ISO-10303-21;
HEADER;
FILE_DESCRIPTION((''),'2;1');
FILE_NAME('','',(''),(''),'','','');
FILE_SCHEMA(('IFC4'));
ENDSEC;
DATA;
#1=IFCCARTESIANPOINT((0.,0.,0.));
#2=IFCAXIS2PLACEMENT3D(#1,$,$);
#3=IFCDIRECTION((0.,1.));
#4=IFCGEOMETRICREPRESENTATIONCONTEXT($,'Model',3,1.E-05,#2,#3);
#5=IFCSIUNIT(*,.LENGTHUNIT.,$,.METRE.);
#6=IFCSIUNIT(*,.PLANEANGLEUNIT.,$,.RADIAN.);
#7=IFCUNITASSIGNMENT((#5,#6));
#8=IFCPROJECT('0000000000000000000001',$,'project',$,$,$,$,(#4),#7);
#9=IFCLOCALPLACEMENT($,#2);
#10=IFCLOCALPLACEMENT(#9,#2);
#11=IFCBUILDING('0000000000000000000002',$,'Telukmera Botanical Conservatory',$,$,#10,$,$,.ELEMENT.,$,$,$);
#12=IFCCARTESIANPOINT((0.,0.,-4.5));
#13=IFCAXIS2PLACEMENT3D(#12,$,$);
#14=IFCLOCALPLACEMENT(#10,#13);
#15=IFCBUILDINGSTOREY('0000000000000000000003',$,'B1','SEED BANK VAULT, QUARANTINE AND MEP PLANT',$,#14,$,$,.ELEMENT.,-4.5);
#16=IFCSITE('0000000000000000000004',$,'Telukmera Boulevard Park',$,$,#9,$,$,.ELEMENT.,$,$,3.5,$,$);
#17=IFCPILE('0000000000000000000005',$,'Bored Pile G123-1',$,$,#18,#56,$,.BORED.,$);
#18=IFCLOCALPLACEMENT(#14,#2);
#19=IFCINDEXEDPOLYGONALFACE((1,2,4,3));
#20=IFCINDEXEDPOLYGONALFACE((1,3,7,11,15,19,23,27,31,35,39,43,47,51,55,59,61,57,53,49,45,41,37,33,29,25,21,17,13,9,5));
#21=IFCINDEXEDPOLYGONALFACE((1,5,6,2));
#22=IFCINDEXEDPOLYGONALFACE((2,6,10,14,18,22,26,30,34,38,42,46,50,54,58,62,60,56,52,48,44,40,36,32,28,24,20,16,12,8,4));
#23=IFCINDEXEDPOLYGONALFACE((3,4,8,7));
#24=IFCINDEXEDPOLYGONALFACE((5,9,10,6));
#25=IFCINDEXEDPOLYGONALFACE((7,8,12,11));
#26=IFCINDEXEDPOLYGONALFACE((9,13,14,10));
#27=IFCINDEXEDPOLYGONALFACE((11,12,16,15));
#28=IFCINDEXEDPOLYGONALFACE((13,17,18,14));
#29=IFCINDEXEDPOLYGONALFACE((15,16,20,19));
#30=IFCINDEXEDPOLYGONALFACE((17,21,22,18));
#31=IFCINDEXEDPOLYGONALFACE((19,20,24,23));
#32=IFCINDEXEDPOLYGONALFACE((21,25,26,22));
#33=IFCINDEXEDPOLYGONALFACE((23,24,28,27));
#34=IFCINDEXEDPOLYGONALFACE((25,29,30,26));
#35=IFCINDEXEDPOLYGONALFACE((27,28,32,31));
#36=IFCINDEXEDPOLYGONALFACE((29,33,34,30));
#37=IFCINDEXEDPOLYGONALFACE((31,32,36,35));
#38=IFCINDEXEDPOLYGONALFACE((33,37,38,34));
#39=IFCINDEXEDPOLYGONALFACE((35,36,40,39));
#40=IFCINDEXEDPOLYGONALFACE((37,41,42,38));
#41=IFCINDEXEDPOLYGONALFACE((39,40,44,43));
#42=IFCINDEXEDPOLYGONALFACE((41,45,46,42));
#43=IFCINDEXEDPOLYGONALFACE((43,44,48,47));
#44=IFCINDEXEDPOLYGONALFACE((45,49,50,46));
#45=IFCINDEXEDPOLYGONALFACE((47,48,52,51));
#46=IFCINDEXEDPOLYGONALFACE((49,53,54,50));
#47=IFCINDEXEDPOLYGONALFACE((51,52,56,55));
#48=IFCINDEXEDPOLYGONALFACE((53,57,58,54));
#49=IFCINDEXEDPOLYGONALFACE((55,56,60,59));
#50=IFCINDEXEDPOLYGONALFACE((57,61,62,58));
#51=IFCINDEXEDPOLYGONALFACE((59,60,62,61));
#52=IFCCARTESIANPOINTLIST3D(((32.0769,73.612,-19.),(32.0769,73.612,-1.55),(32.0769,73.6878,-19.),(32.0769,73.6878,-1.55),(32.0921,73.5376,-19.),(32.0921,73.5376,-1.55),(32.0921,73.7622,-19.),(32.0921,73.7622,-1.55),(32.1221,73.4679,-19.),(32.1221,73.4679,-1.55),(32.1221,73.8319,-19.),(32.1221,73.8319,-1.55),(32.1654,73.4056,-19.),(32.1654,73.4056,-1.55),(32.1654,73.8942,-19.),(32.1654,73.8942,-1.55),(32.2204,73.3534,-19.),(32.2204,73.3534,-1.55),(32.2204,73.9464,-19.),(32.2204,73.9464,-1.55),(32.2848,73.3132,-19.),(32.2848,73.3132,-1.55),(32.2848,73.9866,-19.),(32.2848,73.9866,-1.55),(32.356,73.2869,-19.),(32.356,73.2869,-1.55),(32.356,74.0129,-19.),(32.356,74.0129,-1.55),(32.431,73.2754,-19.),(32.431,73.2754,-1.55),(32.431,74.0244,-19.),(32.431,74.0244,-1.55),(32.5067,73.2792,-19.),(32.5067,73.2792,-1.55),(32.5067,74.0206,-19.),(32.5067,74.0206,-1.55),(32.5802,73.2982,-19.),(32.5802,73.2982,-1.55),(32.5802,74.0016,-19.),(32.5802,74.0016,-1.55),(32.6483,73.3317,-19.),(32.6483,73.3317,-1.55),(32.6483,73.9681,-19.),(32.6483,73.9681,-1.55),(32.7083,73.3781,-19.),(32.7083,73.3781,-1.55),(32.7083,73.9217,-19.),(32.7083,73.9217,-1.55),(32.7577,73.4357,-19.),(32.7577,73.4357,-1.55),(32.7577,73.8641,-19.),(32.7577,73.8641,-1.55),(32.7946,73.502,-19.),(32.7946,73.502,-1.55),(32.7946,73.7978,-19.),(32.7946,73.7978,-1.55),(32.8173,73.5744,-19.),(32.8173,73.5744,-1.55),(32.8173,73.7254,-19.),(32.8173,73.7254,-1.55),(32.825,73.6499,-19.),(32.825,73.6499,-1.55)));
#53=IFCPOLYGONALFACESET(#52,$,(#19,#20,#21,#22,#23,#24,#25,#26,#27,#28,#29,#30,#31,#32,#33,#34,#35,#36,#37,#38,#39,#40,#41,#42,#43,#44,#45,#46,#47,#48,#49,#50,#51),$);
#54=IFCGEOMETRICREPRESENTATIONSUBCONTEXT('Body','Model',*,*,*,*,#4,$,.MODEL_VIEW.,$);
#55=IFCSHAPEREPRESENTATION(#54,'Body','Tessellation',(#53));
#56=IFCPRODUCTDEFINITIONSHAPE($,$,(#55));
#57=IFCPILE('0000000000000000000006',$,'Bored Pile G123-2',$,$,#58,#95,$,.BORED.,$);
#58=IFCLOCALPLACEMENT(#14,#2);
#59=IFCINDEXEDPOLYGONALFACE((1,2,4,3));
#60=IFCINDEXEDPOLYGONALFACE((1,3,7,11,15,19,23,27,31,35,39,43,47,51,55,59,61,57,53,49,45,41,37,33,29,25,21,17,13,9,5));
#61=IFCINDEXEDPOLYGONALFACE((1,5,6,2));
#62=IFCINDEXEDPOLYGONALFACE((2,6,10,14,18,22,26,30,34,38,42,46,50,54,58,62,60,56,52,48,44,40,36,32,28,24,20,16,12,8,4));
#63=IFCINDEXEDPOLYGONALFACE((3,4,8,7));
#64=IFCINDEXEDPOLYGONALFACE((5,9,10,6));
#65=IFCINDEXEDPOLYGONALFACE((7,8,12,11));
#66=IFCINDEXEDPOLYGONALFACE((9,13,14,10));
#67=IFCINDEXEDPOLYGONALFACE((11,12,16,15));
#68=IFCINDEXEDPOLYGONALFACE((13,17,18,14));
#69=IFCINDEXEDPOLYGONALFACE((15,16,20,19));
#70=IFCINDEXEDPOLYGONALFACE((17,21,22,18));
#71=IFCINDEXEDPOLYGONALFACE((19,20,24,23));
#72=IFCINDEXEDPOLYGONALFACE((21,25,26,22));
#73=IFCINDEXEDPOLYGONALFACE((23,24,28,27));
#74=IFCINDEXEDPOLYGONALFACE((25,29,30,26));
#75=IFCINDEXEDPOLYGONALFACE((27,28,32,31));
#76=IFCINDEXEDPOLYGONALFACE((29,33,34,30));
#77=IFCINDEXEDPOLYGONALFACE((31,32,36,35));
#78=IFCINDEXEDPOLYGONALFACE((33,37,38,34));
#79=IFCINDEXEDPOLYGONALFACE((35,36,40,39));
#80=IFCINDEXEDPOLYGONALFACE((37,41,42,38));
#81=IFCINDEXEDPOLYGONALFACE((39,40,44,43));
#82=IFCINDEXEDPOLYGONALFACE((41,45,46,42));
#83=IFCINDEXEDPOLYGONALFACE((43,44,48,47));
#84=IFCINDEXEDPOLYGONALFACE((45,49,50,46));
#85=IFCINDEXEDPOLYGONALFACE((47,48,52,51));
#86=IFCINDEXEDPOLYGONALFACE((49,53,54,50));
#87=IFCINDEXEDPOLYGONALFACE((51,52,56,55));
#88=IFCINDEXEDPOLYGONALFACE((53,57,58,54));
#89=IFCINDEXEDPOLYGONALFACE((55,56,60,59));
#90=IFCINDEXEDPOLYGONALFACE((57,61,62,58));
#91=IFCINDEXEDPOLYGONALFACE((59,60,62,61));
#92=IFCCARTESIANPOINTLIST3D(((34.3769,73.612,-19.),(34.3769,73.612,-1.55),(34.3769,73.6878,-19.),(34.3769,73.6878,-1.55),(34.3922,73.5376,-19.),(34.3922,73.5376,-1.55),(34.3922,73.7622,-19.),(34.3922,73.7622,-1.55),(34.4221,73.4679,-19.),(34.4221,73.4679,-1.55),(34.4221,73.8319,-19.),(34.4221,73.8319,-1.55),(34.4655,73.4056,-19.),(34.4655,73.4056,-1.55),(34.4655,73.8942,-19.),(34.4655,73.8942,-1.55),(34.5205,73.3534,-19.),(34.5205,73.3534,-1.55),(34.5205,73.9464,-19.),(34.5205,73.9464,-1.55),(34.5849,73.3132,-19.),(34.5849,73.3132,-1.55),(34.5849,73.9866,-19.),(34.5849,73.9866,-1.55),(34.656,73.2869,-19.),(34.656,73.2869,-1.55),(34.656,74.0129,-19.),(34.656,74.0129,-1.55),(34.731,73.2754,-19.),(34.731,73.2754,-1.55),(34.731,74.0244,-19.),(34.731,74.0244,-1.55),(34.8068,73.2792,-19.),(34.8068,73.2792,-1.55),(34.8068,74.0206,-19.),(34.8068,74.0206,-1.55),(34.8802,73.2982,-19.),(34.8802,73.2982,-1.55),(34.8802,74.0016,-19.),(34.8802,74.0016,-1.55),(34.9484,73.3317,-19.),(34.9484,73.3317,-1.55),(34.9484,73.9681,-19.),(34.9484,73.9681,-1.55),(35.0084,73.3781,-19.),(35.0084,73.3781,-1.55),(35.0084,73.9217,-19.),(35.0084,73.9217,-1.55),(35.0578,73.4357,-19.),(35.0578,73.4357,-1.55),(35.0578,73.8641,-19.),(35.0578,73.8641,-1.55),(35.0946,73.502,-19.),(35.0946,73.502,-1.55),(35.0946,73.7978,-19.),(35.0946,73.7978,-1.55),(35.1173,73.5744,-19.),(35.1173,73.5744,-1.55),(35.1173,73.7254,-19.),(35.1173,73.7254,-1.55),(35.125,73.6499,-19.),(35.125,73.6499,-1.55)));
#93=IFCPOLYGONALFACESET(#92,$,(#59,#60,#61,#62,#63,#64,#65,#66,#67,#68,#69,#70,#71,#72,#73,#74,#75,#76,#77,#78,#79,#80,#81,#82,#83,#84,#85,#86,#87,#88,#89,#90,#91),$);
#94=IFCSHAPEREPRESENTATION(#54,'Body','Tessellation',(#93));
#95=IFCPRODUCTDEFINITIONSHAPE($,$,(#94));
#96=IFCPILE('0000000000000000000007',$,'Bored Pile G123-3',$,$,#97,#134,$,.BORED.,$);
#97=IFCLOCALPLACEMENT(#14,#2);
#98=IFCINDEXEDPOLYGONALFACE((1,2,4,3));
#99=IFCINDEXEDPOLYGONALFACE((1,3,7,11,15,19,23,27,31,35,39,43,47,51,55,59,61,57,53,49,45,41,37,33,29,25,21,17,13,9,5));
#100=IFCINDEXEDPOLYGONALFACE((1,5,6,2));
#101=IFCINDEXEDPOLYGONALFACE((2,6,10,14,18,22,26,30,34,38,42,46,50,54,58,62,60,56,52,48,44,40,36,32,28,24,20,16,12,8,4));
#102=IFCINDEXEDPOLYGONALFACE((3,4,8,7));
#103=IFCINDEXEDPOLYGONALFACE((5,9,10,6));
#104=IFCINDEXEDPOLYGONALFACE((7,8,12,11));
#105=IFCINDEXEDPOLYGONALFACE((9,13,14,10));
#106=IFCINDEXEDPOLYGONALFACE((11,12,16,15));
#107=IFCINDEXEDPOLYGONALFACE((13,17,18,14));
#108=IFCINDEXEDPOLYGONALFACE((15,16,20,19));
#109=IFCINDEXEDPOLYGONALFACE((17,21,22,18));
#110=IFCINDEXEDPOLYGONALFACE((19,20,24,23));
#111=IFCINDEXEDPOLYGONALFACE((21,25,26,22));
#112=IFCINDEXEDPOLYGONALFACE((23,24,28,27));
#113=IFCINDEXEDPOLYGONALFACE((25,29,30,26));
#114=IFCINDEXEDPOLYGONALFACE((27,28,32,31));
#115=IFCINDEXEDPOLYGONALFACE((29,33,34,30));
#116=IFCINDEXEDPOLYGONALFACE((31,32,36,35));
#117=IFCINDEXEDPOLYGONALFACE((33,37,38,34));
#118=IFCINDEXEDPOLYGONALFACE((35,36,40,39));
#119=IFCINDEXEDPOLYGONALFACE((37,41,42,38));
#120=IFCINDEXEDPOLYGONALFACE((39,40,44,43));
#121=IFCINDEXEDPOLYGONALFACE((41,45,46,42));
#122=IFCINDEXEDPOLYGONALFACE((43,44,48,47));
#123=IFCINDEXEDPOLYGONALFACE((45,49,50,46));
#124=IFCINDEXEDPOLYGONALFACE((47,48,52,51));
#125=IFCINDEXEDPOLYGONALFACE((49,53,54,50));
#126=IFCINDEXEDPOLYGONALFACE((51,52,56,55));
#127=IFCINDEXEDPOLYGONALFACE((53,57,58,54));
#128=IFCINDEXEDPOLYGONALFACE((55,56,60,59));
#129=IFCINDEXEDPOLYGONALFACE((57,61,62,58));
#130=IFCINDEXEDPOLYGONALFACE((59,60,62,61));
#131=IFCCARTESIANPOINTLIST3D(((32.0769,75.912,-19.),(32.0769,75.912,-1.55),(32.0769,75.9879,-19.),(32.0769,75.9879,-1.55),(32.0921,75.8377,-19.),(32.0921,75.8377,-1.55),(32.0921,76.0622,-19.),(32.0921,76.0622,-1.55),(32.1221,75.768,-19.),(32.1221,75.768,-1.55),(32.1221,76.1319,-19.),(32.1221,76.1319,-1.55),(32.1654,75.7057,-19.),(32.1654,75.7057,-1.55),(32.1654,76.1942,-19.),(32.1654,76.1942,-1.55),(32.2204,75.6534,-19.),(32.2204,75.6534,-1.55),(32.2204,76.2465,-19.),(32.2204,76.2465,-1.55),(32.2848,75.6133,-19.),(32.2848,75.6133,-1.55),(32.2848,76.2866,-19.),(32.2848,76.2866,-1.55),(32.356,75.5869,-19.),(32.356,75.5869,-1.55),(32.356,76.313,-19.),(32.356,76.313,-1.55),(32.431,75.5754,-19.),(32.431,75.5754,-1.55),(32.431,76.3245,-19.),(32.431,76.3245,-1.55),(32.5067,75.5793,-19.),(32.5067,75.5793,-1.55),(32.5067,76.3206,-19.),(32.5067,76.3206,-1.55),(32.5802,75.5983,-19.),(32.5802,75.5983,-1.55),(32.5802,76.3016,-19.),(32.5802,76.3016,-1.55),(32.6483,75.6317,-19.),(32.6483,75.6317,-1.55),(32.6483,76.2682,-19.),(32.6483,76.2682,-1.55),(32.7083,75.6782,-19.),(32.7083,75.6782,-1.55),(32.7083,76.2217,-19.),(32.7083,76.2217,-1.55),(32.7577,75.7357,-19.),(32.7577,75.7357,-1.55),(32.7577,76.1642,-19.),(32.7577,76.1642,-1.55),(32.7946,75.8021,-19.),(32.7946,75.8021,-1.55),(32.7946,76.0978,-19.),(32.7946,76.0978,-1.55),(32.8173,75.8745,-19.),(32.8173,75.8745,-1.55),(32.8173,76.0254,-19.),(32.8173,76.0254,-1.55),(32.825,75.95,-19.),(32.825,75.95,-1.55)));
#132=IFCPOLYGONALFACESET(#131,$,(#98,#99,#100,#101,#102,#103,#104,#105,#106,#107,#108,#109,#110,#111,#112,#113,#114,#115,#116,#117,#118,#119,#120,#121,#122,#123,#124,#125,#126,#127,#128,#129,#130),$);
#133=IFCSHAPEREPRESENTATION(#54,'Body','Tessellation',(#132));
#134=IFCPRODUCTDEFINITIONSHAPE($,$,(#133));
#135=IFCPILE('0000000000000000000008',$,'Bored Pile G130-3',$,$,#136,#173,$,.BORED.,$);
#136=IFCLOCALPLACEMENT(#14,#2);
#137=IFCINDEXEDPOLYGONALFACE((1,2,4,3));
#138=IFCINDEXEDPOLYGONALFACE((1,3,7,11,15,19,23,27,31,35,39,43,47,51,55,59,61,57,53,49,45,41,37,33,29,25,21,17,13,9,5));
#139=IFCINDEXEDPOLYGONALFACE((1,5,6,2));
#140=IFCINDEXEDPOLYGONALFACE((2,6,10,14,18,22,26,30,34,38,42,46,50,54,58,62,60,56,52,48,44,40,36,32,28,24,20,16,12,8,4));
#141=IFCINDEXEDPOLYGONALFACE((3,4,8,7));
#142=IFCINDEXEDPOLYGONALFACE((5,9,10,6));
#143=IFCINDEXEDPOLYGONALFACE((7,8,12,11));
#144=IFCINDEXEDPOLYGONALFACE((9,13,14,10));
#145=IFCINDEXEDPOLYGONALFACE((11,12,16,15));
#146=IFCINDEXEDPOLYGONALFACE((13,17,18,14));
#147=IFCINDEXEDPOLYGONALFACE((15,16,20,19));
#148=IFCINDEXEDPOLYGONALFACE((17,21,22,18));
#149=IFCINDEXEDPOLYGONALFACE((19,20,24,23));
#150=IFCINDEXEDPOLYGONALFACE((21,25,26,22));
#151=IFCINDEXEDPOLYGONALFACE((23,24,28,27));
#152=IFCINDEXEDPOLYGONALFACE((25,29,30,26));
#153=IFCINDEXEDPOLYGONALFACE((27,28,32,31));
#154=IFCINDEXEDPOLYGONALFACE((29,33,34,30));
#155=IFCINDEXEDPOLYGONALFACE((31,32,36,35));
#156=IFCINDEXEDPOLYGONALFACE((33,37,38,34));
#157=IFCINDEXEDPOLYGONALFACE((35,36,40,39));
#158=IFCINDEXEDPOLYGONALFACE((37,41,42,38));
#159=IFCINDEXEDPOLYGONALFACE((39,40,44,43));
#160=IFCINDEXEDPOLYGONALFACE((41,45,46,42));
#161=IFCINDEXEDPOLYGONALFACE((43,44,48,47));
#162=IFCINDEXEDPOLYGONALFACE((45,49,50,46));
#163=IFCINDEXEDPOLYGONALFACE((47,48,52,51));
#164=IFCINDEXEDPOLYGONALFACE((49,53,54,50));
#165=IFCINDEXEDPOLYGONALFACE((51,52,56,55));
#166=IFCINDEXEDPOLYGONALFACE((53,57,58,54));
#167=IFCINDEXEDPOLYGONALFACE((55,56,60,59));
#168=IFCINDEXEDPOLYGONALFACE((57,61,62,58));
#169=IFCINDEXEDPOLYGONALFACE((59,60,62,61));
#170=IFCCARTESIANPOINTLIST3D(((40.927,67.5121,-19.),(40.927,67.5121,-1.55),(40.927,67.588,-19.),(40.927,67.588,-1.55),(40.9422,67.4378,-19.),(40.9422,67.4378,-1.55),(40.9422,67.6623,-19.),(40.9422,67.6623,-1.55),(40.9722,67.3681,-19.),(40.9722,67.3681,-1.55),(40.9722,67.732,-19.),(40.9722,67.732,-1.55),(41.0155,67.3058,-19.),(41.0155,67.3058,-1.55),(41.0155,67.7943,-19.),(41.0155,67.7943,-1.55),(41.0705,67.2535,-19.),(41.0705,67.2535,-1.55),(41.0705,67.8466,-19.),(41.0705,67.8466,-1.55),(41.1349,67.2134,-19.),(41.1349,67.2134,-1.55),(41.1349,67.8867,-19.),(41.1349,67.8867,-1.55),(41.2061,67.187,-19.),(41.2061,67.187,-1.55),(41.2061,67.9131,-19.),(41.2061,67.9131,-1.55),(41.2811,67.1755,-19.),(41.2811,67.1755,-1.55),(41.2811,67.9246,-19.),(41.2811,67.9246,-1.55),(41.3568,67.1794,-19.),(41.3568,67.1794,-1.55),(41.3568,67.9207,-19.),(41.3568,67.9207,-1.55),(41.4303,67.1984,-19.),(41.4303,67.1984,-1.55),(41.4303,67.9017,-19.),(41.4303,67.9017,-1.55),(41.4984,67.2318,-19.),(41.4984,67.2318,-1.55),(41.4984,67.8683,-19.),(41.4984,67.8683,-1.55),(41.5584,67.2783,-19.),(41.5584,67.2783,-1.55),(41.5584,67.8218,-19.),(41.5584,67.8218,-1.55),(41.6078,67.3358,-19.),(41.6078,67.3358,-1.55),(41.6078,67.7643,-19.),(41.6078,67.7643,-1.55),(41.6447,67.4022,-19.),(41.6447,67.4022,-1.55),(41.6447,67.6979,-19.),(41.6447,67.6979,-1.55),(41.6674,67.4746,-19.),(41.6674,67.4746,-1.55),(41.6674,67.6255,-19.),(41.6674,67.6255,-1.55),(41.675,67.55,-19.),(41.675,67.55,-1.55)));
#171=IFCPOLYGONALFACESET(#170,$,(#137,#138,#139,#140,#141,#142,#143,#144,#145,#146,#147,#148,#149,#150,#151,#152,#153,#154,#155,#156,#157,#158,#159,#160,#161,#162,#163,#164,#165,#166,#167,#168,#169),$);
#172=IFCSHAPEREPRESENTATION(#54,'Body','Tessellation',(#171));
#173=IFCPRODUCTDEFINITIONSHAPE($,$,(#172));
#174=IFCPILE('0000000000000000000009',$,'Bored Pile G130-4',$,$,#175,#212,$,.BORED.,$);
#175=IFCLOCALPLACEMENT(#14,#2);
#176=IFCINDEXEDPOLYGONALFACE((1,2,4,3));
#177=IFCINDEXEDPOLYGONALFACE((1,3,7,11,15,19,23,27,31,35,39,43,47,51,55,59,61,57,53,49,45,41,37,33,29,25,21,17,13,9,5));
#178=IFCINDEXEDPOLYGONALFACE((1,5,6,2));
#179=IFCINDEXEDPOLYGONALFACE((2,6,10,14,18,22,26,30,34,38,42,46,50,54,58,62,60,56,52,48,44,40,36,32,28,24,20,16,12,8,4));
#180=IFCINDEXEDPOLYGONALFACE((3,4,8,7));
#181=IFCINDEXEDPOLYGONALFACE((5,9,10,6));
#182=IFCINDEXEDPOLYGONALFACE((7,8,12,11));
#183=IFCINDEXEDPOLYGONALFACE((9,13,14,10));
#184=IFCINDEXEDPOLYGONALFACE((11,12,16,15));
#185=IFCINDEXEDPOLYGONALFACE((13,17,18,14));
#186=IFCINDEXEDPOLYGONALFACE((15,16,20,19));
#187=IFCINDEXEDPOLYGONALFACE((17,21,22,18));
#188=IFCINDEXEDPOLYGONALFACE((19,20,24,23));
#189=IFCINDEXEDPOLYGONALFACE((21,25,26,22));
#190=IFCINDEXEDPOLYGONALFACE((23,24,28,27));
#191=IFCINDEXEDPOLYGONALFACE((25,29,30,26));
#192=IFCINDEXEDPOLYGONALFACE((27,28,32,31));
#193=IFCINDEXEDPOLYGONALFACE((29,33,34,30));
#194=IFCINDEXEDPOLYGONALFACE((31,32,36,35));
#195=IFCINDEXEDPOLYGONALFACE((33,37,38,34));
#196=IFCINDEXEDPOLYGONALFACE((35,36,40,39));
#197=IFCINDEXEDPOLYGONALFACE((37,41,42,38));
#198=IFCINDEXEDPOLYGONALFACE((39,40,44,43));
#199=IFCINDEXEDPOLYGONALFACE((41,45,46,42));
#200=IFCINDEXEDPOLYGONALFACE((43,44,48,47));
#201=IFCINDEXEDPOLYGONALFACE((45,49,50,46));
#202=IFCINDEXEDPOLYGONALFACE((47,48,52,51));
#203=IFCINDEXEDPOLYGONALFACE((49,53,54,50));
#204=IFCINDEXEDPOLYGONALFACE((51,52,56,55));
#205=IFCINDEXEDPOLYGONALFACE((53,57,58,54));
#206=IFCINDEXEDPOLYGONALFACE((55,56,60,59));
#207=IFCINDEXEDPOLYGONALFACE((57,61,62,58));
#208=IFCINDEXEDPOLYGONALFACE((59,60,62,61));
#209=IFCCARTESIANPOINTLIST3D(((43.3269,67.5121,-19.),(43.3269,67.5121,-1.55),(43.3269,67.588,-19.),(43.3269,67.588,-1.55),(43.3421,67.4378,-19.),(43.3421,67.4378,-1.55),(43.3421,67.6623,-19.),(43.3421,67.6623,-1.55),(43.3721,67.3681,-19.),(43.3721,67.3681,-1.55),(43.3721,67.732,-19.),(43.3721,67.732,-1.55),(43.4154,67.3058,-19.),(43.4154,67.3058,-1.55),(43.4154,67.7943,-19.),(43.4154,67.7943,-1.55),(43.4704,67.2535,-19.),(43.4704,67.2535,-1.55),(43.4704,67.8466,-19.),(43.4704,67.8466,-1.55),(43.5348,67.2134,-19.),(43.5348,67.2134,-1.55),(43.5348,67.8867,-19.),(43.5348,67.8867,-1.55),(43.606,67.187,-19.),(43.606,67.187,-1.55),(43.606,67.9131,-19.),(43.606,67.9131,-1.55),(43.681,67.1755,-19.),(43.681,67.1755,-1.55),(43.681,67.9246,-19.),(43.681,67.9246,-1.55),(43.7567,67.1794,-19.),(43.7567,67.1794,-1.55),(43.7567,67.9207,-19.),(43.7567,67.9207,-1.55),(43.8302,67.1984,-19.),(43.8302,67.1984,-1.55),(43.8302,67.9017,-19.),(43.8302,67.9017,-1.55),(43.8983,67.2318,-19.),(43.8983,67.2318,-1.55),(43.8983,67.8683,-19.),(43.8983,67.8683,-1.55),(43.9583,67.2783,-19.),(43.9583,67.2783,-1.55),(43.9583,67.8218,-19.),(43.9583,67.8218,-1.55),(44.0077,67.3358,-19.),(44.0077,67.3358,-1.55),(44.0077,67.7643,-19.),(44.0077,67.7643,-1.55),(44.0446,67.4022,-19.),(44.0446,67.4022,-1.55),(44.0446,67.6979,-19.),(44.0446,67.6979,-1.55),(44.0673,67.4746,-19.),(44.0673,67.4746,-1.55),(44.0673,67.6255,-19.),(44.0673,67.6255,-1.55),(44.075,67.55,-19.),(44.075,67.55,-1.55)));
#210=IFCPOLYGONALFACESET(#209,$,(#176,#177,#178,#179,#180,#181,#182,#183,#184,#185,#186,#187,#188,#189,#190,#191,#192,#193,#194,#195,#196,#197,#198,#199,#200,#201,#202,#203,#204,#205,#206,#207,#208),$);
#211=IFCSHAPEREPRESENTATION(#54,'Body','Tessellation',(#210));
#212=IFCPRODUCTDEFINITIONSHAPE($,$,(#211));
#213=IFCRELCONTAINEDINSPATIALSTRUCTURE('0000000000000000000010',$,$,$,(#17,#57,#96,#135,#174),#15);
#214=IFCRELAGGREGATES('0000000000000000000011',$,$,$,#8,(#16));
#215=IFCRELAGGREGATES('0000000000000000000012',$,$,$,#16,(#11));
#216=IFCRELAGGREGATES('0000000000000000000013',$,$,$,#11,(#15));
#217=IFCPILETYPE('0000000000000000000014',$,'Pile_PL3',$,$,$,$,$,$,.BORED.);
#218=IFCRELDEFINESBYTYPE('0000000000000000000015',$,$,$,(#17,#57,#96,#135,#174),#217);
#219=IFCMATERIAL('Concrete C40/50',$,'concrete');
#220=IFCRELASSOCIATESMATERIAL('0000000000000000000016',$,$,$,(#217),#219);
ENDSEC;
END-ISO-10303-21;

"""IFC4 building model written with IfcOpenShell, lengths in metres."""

from ifc_helpers import new_model, si_unit, direction, frame, origin, origin_2d, place, context, subcontext, project, spatial, circle, extrude, material, material_profile, profile_set, type_object, element, save


model = new_model("IFC4")

# Units and contexts
model_context = context("Model", 3, precision=1e-05, world=origin(), true_north=direction((0.0, 1.0)))
body_context = subcontext(model_context, "Body", "Model", "MODEL_VIEW")
ifc_project = project(units=[si_unit("LENGTHUNIT", "METRE"), si_unit("PLANEANGLEUNIT", "RADIAN")], contexts=[model_context])

# Site, building, storey
site_placement = place(None, origin())
site = spatial("IfcSite", under=ifc_project, at=site_placement, Name="Telukmera Boulevard Park", CompositionType="ELEMENT", RefElevation=3.5)
building_placement = place(site_placement, origin())
building = spatial("IfcBuilding", under=site, at=building_placement, Name="Telukmera Botanical Conservatory", CompositionType="ELEMENT")
storey_placement = place(building_placement, frame((0.0, 0.0, -4.5)))
storey = spatial("IfcBuildingStorey", under=building, at=storey_placement, Name="B1", Description="SEED BANK VAULT, QUARANTINE AND MEP PLANT", CompositionType="ELEMENT", Elevation=-4.5)

# Shared definitions
ifc_material_1 = material(Name="Concrete C40/50", Category="concrete")

# Piles
ifc_material_profile_1 = material_profile(ifc_material_1, circle(Radius=0.375, at=origin_2d()), Name="PILE D750")
ifc_profile_set_1 = profile_set([ifc_material_profile_1], Name="Concrete C40/50")
pile_type = type_object("IfcPileType", Name="Pile_PL3", PredefinedType="BORED", material=ifc_profile_set_1)
for number, where, z_axis, x_axis, name in (
    (1, (32.45, 73.6499, -1.55), (0.0, 0.0, -1.0), (1.0, 0.0, 0.0), "Bored Pile G123-1"),
    (2, (34.75, 73.6499, -1.55), (0.0, 0.0, -1.0), (1.0, 0.0, 0.0), "Bored Pile G123-2"),
    (3, (32.45, 75.95, -1.55), (0.0, 0.0, -1.0), (1.0, 0.0, 0.0), "Bored Pile G123-3"),
    (4, (41.3, 67.55, -1.55), (0.0, 0.0, -1.0), (1.0, 0.0, 0.0), "Bored Pile G130-3"),
    (5, (43.7, 67.55, -1.55), (0.0, 0.0, -1.0), (1.0, 0.0, 0.0), "Bored Pile G130-4"),
):
    element("IfcPile", number, at=place(storey_placement, frame(where, z_axis=z_axis, x_axis=x_axis)), inside=storey, type_object=pile_type, Name=name, PredefinedType="BORED", context=body_context, shape_type="SweptSolid", body=[
        extrude(circle(Radius=0.375, at=origin_2d()), origin(), (0.0, 0.0, 1.0), 17.45),
    ])

save(model, "model.ifc")
